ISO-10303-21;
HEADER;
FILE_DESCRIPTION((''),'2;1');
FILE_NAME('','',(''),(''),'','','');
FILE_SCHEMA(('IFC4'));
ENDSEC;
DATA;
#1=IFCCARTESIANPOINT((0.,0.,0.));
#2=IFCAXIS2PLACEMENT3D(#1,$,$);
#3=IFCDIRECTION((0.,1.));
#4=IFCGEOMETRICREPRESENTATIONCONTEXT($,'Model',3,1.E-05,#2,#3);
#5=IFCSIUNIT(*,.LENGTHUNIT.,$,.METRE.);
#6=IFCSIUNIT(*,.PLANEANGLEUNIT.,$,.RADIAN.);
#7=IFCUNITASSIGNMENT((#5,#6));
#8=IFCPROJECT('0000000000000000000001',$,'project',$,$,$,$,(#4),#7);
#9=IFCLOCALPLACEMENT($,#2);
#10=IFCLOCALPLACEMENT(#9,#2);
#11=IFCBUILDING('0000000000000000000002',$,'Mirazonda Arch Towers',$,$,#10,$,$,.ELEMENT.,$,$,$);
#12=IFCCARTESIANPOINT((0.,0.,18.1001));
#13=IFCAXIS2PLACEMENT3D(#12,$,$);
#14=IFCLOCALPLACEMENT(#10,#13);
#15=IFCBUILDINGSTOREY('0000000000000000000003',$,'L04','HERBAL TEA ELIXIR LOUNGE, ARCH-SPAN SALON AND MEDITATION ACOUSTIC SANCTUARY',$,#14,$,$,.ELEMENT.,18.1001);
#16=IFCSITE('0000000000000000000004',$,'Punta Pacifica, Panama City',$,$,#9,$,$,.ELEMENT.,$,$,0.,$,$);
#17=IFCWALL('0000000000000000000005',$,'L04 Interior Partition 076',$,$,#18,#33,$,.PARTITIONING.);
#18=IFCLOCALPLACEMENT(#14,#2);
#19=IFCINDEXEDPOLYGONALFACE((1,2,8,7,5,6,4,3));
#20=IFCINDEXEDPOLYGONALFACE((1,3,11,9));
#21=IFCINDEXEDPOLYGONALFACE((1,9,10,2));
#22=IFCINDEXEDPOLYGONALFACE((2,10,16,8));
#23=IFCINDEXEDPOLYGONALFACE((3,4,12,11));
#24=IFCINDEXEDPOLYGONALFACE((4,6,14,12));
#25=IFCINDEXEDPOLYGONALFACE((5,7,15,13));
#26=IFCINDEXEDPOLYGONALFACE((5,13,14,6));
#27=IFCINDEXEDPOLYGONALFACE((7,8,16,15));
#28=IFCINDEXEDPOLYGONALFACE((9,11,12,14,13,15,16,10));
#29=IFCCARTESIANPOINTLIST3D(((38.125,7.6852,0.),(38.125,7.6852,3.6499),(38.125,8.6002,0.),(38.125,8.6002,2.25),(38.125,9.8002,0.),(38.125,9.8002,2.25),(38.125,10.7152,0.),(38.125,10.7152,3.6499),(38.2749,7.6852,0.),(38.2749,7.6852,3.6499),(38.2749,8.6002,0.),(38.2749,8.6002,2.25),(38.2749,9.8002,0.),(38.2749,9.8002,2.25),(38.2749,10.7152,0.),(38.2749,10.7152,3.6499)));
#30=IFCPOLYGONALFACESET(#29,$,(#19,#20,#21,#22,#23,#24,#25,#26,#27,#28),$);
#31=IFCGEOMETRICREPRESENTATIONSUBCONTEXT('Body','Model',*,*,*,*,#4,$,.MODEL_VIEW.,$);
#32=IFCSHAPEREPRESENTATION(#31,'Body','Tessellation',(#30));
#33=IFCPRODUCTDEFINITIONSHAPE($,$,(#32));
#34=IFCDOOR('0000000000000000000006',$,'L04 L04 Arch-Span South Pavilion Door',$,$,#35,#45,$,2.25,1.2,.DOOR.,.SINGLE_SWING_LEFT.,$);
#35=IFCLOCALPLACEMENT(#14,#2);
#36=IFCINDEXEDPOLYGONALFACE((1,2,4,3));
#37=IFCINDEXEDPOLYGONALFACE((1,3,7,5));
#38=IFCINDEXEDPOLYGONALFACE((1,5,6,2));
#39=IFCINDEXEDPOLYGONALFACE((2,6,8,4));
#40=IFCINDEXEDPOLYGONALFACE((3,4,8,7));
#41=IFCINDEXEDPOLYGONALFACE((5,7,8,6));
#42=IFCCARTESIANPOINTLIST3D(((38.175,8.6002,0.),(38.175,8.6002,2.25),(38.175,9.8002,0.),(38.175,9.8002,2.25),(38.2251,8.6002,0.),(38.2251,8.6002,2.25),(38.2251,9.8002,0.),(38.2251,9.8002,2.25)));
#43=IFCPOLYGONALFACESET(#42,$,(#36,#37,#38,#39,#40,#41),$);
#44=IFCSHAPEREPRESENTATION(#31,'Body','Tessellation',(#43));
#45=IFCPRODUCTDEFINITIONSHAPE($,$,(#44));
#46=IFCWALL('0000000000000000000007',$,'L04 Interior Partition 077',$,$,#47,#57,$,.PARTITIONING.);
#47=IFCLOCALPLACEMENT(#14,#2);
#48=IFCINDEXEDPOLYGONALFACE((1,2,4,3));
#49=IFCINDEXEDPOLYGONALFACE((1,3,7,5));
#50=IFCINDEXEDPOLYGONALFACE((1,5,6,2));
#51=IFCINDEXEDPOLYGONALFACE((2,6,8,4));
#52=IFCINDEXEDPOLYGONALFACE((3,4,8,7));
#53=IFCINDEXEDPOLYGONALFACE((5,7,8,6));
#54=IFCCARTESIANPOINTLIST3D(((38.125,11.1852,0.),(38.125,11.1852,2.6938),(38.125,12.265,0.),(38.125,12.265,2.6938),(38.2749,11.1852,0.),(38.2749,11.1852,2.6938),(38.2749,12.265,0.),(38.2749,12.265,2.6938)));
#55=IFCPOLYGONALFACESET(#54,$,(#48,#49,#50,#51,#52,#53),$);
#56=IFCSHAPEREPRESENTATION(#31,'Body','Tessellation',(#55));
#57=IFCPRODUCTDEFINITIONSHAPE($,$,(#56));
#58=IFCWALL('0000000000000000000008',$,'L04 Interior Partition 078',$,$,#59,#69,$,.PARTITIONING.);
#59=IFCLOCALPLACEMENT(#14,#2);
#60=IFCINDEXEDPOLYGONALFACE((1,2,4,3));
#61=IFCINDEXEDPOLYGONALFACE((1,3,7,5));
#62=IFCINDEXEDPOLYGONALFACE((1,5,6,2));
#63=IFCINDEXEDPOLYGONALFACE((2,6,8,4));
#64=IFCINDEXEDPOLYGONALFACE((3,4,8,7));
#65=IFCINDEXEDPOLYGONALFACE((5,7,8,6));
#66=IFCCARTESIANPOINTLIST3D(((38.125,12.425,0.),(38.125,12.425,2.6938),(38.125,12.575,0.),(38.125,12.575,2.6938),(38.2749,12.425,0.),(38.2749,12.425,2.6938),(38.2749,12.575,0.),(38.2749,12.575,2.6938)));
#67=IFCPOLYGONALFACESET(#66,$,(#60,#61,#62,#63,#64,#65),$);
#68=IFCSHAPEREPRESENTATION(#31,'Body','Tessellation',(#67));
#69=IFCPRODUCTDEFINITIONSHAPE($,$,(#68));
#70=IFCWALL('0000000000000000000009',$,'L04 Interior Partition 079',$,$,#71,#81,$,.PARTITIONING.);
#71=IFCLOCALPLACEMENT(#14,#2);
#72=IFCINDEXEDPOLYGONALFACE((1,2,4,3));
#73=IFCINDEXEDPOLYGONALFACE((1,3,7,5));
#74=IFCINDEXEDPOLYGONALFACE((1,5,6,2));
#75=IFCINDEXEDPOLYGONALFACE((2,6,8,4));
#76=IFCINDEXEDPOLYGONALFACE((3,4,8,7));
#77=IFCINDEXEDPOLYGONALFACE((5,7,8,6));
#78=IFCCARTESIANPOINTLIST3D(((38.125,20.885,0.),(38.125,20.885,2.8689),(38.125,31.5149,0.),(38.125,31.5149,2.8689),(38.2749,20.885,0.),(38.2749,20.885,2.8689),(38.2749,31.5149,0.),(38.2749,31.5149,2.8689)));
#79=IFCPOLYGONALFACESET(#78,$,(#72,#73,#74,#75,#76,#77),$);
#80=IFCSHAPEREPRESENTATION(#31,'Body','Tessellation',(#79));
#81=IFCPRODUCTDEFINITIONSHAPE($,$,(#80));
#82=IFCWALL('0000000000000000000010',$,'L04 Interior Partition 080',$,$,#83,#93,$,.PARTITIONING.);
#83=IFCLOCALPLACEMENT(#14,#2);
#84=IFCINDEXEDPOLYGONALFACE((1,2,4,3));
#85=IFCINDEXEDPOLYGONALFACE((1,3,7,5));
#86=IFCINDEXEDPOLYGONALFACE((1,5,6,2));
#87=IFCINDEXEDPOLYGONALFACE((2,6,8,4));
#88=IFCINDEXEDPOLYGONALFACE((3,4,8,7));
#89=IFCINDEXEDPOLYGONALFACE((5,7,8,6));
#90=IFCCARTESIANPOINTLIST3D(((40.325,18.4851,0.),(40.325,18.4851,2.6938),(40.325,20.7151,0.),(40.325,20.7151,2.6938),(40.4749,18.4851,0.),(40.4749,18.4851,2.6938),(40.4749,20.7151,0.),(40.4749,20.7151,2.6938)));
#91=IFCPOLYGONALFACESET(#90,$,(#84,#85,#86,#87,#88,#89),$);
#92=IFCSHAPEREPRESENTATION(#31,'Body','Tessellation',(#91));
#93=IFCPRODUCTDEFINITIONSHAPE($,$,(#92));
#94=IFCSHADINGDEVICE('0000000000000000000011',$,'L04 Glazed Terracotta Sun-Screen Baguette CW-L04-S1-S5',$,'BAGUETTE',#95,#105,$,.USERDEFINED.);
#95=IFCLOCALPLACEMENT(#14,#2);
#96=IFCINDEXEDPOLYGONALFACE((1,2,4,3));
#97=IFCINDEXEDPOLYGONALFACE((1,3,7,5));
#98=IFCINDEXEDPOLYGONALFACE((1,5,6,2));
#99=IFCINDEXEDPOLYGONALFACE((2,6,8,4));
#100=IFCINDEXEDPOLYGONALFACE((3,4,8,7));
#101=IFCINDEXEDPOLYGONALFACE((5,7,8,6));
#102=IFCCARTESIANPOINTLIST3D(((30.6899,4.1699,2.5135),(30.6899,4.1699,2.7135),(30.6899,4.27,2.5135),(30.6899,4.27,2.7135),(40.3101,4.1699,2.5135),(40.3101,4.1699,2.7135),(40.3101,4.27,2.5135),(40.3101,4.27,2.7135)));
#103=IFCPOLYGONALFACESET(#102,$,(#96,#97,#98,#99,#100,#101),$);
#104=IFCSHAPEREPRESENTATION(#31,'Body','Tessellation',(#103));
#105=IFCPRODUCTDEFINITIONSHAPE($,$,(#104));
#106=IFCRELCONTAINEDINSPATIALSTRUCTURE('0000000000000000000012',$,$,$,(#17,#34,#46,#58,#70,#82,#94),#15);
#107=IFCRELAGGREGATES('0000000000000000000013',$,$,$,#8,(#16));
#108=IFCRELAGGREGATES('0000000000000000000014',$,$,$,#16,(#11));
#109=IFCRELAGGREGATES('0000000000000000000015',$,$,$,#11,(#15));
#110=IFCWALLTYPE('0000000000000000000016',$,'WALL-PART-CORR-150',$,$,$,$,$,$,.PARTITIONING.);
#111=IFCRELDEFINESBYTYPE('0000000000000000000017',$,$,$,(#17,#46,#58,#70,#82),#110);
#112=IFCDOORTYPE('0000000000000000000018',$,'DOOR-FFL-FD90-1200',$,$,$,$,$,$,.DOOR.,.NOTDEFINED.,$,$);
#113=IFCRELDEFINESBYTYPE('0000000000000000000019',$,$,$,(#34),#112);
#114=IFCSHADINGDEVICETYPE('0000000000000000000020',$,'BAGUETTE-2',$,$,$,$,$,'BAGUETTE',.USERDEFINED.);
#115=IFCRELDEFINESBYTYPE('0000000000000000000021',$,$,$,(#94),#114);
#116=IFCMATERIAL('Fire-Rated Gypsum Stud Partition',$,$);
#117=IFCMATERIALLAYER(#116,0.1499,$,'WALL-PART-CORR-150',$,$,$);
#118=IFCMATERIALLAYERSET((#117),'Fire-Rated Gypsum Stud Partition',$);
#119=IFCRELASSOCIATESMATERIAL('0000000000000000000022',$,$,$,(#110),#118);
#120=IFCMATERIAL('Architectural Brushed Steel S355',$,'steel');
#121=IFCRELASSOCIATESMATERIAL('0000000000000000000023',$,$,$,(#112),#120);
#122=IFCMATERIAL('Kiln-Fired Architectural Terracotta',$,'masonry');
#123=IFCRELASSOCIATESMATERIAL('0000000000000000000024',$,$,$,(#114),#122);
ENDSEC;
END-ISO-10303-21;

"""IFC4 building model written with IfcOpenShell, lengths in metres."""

from ifc_helpers import new_model, si_unit, direction, frame, frame_2d, origin, origin_2d, place, context, subcontext, project, spatial, rectangle, extrude, material, layer, layer_set, material_profile, profile_set, type_object, element, fill, save


model = new_model("IFC4")

# Units and contexts
model_context = context("Model", 3, precision=1e-05, world=origin(), true_north=direction((0.0, 1.0)))
body_context = subcontext(model_context, "Body", "Model", "MODEL_VIEW")
ifc_project = project(units=[si_unit("LENGTHUNIT", "METRE"), si_unit("PLANEANGLEUNIT", "RADIAN")], contexts=[model_context])

# Site, building, storey
site_placement = place(None, origin())
site = spatial("IfcSite", under=ifc_project, at=site_placement, Name="Punta Pacifica, Panama City", CompositionType="ELEMENT", RefElevation=0.0)
building_placement = place(site_placement, origin())
building = spatial("IfcBuilding", under=site, at=building_placement, Name="Mirazonda Arch Towers", CompositionType="ELEMENT")
storey_placement = place(building_placement, frame((0.0, 0.0, 18.1001)))
storey = spatial("IfcBuildingStorey", under=building, at=storey_placement, Name="L04", Description="HERBAL TEA ELIXIR LOUNGE, ARCH-SPAN SALON AND MEDITATION ACOUSTIC SANCTUARY", CompositionType="ELEMENT", Elevation=18.1001)

# Shared definitions
ifc_material_1 = material(Name="Fire-Rated Gypsum Stud Partition")
ifc_layer_1 = layer(ifc_material_1, 0.1499, Name="WALL-PART-CORR-150")
ifc_layer_set_1 = layer_set([ifc_layer_1], Name="Fire-Rated Gypsum Stud Partition")
wall_type = type_object("IfcWallType", Name="WALL-PART-CORR-150", PredefinedType="PARTITIONING", material=ifc_layer_set_1)

# Wall, opening, door
wall_1_placement = place(storey_placement, frame((38.2, 7.6851, 0.0), z_axis=(0.0, 0.0, 1.0), x_axis=(0.0, 1.0, 0.0)))
wall_1 = element("IfcWall", 1, at=wall_1_placement, inside=storey, type_object=wall_type, Name="L04 Interior Partition 076", PredefinedType="PARTITIONING", context=body_context, shape_type="SweptSolid", body=[
    extrude(rectangle(XDim=3.03, YDim=0.1499, at=frame_2d((1.5151, 0.0))), origin(), (0.0, 0.0, 1.0), 3.6499),
])
opening_placement = place(wall_1_placement, frame((0.915, 0.0, 0.0)))
opening = element("IfcOpeningElement", 2, at=opening_placement, cuts=wall_1, PredefinedType="OPENING", context=body_context, shape_type="SweptSolid", body=[
    extrude(rectangle(XDim=1.2, YDim=2.25, at=frame_2d((0.6001, 1.125))), frame((0.0, 0.085, 0.0), z_axis=(0.0, -1.0, 0.0), x_axis=(1.0, 0.0, 0.0)), (0.0, 0.0, 1.0), 0.1699),
])
ifc_material_2 = material(Name="Architectural Brushed Steel S355", Category="steel")
door_type = type_object("IfcDoorType", Name="DOOR-FFL-FD90-1200", OperationType="NOTDEFINED", PredefinedType="DOOR", material=ifc_material_2)
door_placement = place(opening_placement, origin())
door = element("IfcDoor", 3, at=door_placement, inside=storey, type_object=door_type, Name="L04 L04 Arch-Span South Pavilion Door", OperationType="SINGLE_SWING_LEFT", OverallHeight=2.25, OverallWidth=1.2, PredefinedType="DOOR", context=body_context, shape_type="SweptSolid", body=[
    extrude(rectangle(XDim=1.2, YDim=2.25, at=frame_2d((0.6001, 1.125))), frame((0.0, 0.0249, 0.0), z_axis=(0.0, -1.0, 0.0), x_axis=(1.0, 0.0, 0.0)), (0.0, 0.0, 1.0), 0.05),
])
fill(opening, door)

# Walls
wall_2_placement = place(storey_placement, frame((38.2, 11.1851, 0.0), z_axis=(0.0, 0.0, 1.0), x_axis=(0.0, 1.0, 0.0)))
element("IfcWall", 4, at=wall_2_placement, inside=storey, type_object=wall_type, Name="L04 Interior Partition 077", PredefinedType="PARTITIONING", context=body_context, shape_type="SweptSolid", body=[
    extrude(rectangle(XDim=1.0798, YDim=0.1499, at=frame_2d((0.54, 0.0))), origin(), (0.0, 0.0, 1.0), 2.6938),
])
wall_3_placement = place(storey_placement, frame((38.2, 12.425, 0.0), z_axis=(0.0, 0.0, 1.0), x_axis=(0.0, 1.0, 0.0)))
element("IfcWall", 5, at=wall_3_placement, inside=storey, type_object=wall_type, Name="L04 Interior Partition 078", PredefinedType="PARTITIONING", context=body_context, shape_type="SweptSolid", body=[
    extrude(rectangle(XDim=0.1499, YDim=0.1499, at=frame_2d((0.075, 0.0))), origin(), (0.0, 0.0, 1.0), 2.6938),
])
wall_4_placement = place(storey_placement, frame((38.2, 20.885, 0.0), z_axis=(0.0, 0.0, 1.0), x_axis=(0.0, 1.0, 0.0)))
element("IfcWall", 6, at=wall_4_placement, inside=storey, type_object=wall_type, Name="L04 Interior Partition 079", PredefinedType="PARTITIONING", context=body_context, shape_type="SweptSolid", body=[
    extrude(rectangle(XDim=10.6299, YDim=0.1499, at=frame_2d((5.3149, 0.0))), origin(), (0.0, 0.0, 1.0), 2.8689),
])
wall_5_placement = place(storey_placement, frame((40.3999, 18.4851, 0.0), z_axis=(0.0, 0.0, 1.0), x_axis=(0.0, 1.0, 0.0)))
element("IfcWall", 7, at=wall_5_placement, inside=storey, type_object=wall_type, Name="L04 Interior Partition 080", PredefinedType="PARTITIONING", context=body_context, shape_type="SweptSolid", body=[
    extrude(rectangle(XDim=2.23, YDim=0.1499, at=frame_2d((1.115, 0.0))), origin(), (0.0, 0.0, 1.0), 2.6938),
])

# Shading device
ifc_material_3 = material(Name="Kiln-Fired Architectural Terracotta", Category="masonry")
ifc_material_profile_1 = material_profile(ifc_material_3, rectangle(XDim=0.1001, YDim=0.2, at=origin_2d()), Name="TERRA-BAG-100x200")
ifc_profile_set_1 = profile_set([ifc_material_profile_1], Name="Kiln-Fired Architectural Terracotta")
shading_device_type = type_object("IfcShadingDeviceType", Name="BAGUETTE-2", ElementType="BAGUETTE", PredefinedType="USERDEFINED", material=ifc_profile_set_1)
shading_device_placement = place(storey_placement, frame((40.3101, 4.22, 2.6135), z_axis=(-1.0, 0.0, 0.0), x_axis=(0.0, -1.0, 0.0)))
element("IfcShadingDevice", 8, at=shading_device_placement, inside=storey, type_object=shading_device_type, Name="L04 Glazed Terracotta Sun-Screen Baguette CW-L04-S1-S5", ObjectType="BAGUETTE", PredefinedType="USERDEFINED", context=body_context, shape_type="SweptSolid", body=[
    extrude(rectangle(XDim=0.1001, YDim=0.2, at=origin_2d()), origin(), (0.0, 0.0, 1.0), 9.6201),
])

save(model, "model.ifc")
